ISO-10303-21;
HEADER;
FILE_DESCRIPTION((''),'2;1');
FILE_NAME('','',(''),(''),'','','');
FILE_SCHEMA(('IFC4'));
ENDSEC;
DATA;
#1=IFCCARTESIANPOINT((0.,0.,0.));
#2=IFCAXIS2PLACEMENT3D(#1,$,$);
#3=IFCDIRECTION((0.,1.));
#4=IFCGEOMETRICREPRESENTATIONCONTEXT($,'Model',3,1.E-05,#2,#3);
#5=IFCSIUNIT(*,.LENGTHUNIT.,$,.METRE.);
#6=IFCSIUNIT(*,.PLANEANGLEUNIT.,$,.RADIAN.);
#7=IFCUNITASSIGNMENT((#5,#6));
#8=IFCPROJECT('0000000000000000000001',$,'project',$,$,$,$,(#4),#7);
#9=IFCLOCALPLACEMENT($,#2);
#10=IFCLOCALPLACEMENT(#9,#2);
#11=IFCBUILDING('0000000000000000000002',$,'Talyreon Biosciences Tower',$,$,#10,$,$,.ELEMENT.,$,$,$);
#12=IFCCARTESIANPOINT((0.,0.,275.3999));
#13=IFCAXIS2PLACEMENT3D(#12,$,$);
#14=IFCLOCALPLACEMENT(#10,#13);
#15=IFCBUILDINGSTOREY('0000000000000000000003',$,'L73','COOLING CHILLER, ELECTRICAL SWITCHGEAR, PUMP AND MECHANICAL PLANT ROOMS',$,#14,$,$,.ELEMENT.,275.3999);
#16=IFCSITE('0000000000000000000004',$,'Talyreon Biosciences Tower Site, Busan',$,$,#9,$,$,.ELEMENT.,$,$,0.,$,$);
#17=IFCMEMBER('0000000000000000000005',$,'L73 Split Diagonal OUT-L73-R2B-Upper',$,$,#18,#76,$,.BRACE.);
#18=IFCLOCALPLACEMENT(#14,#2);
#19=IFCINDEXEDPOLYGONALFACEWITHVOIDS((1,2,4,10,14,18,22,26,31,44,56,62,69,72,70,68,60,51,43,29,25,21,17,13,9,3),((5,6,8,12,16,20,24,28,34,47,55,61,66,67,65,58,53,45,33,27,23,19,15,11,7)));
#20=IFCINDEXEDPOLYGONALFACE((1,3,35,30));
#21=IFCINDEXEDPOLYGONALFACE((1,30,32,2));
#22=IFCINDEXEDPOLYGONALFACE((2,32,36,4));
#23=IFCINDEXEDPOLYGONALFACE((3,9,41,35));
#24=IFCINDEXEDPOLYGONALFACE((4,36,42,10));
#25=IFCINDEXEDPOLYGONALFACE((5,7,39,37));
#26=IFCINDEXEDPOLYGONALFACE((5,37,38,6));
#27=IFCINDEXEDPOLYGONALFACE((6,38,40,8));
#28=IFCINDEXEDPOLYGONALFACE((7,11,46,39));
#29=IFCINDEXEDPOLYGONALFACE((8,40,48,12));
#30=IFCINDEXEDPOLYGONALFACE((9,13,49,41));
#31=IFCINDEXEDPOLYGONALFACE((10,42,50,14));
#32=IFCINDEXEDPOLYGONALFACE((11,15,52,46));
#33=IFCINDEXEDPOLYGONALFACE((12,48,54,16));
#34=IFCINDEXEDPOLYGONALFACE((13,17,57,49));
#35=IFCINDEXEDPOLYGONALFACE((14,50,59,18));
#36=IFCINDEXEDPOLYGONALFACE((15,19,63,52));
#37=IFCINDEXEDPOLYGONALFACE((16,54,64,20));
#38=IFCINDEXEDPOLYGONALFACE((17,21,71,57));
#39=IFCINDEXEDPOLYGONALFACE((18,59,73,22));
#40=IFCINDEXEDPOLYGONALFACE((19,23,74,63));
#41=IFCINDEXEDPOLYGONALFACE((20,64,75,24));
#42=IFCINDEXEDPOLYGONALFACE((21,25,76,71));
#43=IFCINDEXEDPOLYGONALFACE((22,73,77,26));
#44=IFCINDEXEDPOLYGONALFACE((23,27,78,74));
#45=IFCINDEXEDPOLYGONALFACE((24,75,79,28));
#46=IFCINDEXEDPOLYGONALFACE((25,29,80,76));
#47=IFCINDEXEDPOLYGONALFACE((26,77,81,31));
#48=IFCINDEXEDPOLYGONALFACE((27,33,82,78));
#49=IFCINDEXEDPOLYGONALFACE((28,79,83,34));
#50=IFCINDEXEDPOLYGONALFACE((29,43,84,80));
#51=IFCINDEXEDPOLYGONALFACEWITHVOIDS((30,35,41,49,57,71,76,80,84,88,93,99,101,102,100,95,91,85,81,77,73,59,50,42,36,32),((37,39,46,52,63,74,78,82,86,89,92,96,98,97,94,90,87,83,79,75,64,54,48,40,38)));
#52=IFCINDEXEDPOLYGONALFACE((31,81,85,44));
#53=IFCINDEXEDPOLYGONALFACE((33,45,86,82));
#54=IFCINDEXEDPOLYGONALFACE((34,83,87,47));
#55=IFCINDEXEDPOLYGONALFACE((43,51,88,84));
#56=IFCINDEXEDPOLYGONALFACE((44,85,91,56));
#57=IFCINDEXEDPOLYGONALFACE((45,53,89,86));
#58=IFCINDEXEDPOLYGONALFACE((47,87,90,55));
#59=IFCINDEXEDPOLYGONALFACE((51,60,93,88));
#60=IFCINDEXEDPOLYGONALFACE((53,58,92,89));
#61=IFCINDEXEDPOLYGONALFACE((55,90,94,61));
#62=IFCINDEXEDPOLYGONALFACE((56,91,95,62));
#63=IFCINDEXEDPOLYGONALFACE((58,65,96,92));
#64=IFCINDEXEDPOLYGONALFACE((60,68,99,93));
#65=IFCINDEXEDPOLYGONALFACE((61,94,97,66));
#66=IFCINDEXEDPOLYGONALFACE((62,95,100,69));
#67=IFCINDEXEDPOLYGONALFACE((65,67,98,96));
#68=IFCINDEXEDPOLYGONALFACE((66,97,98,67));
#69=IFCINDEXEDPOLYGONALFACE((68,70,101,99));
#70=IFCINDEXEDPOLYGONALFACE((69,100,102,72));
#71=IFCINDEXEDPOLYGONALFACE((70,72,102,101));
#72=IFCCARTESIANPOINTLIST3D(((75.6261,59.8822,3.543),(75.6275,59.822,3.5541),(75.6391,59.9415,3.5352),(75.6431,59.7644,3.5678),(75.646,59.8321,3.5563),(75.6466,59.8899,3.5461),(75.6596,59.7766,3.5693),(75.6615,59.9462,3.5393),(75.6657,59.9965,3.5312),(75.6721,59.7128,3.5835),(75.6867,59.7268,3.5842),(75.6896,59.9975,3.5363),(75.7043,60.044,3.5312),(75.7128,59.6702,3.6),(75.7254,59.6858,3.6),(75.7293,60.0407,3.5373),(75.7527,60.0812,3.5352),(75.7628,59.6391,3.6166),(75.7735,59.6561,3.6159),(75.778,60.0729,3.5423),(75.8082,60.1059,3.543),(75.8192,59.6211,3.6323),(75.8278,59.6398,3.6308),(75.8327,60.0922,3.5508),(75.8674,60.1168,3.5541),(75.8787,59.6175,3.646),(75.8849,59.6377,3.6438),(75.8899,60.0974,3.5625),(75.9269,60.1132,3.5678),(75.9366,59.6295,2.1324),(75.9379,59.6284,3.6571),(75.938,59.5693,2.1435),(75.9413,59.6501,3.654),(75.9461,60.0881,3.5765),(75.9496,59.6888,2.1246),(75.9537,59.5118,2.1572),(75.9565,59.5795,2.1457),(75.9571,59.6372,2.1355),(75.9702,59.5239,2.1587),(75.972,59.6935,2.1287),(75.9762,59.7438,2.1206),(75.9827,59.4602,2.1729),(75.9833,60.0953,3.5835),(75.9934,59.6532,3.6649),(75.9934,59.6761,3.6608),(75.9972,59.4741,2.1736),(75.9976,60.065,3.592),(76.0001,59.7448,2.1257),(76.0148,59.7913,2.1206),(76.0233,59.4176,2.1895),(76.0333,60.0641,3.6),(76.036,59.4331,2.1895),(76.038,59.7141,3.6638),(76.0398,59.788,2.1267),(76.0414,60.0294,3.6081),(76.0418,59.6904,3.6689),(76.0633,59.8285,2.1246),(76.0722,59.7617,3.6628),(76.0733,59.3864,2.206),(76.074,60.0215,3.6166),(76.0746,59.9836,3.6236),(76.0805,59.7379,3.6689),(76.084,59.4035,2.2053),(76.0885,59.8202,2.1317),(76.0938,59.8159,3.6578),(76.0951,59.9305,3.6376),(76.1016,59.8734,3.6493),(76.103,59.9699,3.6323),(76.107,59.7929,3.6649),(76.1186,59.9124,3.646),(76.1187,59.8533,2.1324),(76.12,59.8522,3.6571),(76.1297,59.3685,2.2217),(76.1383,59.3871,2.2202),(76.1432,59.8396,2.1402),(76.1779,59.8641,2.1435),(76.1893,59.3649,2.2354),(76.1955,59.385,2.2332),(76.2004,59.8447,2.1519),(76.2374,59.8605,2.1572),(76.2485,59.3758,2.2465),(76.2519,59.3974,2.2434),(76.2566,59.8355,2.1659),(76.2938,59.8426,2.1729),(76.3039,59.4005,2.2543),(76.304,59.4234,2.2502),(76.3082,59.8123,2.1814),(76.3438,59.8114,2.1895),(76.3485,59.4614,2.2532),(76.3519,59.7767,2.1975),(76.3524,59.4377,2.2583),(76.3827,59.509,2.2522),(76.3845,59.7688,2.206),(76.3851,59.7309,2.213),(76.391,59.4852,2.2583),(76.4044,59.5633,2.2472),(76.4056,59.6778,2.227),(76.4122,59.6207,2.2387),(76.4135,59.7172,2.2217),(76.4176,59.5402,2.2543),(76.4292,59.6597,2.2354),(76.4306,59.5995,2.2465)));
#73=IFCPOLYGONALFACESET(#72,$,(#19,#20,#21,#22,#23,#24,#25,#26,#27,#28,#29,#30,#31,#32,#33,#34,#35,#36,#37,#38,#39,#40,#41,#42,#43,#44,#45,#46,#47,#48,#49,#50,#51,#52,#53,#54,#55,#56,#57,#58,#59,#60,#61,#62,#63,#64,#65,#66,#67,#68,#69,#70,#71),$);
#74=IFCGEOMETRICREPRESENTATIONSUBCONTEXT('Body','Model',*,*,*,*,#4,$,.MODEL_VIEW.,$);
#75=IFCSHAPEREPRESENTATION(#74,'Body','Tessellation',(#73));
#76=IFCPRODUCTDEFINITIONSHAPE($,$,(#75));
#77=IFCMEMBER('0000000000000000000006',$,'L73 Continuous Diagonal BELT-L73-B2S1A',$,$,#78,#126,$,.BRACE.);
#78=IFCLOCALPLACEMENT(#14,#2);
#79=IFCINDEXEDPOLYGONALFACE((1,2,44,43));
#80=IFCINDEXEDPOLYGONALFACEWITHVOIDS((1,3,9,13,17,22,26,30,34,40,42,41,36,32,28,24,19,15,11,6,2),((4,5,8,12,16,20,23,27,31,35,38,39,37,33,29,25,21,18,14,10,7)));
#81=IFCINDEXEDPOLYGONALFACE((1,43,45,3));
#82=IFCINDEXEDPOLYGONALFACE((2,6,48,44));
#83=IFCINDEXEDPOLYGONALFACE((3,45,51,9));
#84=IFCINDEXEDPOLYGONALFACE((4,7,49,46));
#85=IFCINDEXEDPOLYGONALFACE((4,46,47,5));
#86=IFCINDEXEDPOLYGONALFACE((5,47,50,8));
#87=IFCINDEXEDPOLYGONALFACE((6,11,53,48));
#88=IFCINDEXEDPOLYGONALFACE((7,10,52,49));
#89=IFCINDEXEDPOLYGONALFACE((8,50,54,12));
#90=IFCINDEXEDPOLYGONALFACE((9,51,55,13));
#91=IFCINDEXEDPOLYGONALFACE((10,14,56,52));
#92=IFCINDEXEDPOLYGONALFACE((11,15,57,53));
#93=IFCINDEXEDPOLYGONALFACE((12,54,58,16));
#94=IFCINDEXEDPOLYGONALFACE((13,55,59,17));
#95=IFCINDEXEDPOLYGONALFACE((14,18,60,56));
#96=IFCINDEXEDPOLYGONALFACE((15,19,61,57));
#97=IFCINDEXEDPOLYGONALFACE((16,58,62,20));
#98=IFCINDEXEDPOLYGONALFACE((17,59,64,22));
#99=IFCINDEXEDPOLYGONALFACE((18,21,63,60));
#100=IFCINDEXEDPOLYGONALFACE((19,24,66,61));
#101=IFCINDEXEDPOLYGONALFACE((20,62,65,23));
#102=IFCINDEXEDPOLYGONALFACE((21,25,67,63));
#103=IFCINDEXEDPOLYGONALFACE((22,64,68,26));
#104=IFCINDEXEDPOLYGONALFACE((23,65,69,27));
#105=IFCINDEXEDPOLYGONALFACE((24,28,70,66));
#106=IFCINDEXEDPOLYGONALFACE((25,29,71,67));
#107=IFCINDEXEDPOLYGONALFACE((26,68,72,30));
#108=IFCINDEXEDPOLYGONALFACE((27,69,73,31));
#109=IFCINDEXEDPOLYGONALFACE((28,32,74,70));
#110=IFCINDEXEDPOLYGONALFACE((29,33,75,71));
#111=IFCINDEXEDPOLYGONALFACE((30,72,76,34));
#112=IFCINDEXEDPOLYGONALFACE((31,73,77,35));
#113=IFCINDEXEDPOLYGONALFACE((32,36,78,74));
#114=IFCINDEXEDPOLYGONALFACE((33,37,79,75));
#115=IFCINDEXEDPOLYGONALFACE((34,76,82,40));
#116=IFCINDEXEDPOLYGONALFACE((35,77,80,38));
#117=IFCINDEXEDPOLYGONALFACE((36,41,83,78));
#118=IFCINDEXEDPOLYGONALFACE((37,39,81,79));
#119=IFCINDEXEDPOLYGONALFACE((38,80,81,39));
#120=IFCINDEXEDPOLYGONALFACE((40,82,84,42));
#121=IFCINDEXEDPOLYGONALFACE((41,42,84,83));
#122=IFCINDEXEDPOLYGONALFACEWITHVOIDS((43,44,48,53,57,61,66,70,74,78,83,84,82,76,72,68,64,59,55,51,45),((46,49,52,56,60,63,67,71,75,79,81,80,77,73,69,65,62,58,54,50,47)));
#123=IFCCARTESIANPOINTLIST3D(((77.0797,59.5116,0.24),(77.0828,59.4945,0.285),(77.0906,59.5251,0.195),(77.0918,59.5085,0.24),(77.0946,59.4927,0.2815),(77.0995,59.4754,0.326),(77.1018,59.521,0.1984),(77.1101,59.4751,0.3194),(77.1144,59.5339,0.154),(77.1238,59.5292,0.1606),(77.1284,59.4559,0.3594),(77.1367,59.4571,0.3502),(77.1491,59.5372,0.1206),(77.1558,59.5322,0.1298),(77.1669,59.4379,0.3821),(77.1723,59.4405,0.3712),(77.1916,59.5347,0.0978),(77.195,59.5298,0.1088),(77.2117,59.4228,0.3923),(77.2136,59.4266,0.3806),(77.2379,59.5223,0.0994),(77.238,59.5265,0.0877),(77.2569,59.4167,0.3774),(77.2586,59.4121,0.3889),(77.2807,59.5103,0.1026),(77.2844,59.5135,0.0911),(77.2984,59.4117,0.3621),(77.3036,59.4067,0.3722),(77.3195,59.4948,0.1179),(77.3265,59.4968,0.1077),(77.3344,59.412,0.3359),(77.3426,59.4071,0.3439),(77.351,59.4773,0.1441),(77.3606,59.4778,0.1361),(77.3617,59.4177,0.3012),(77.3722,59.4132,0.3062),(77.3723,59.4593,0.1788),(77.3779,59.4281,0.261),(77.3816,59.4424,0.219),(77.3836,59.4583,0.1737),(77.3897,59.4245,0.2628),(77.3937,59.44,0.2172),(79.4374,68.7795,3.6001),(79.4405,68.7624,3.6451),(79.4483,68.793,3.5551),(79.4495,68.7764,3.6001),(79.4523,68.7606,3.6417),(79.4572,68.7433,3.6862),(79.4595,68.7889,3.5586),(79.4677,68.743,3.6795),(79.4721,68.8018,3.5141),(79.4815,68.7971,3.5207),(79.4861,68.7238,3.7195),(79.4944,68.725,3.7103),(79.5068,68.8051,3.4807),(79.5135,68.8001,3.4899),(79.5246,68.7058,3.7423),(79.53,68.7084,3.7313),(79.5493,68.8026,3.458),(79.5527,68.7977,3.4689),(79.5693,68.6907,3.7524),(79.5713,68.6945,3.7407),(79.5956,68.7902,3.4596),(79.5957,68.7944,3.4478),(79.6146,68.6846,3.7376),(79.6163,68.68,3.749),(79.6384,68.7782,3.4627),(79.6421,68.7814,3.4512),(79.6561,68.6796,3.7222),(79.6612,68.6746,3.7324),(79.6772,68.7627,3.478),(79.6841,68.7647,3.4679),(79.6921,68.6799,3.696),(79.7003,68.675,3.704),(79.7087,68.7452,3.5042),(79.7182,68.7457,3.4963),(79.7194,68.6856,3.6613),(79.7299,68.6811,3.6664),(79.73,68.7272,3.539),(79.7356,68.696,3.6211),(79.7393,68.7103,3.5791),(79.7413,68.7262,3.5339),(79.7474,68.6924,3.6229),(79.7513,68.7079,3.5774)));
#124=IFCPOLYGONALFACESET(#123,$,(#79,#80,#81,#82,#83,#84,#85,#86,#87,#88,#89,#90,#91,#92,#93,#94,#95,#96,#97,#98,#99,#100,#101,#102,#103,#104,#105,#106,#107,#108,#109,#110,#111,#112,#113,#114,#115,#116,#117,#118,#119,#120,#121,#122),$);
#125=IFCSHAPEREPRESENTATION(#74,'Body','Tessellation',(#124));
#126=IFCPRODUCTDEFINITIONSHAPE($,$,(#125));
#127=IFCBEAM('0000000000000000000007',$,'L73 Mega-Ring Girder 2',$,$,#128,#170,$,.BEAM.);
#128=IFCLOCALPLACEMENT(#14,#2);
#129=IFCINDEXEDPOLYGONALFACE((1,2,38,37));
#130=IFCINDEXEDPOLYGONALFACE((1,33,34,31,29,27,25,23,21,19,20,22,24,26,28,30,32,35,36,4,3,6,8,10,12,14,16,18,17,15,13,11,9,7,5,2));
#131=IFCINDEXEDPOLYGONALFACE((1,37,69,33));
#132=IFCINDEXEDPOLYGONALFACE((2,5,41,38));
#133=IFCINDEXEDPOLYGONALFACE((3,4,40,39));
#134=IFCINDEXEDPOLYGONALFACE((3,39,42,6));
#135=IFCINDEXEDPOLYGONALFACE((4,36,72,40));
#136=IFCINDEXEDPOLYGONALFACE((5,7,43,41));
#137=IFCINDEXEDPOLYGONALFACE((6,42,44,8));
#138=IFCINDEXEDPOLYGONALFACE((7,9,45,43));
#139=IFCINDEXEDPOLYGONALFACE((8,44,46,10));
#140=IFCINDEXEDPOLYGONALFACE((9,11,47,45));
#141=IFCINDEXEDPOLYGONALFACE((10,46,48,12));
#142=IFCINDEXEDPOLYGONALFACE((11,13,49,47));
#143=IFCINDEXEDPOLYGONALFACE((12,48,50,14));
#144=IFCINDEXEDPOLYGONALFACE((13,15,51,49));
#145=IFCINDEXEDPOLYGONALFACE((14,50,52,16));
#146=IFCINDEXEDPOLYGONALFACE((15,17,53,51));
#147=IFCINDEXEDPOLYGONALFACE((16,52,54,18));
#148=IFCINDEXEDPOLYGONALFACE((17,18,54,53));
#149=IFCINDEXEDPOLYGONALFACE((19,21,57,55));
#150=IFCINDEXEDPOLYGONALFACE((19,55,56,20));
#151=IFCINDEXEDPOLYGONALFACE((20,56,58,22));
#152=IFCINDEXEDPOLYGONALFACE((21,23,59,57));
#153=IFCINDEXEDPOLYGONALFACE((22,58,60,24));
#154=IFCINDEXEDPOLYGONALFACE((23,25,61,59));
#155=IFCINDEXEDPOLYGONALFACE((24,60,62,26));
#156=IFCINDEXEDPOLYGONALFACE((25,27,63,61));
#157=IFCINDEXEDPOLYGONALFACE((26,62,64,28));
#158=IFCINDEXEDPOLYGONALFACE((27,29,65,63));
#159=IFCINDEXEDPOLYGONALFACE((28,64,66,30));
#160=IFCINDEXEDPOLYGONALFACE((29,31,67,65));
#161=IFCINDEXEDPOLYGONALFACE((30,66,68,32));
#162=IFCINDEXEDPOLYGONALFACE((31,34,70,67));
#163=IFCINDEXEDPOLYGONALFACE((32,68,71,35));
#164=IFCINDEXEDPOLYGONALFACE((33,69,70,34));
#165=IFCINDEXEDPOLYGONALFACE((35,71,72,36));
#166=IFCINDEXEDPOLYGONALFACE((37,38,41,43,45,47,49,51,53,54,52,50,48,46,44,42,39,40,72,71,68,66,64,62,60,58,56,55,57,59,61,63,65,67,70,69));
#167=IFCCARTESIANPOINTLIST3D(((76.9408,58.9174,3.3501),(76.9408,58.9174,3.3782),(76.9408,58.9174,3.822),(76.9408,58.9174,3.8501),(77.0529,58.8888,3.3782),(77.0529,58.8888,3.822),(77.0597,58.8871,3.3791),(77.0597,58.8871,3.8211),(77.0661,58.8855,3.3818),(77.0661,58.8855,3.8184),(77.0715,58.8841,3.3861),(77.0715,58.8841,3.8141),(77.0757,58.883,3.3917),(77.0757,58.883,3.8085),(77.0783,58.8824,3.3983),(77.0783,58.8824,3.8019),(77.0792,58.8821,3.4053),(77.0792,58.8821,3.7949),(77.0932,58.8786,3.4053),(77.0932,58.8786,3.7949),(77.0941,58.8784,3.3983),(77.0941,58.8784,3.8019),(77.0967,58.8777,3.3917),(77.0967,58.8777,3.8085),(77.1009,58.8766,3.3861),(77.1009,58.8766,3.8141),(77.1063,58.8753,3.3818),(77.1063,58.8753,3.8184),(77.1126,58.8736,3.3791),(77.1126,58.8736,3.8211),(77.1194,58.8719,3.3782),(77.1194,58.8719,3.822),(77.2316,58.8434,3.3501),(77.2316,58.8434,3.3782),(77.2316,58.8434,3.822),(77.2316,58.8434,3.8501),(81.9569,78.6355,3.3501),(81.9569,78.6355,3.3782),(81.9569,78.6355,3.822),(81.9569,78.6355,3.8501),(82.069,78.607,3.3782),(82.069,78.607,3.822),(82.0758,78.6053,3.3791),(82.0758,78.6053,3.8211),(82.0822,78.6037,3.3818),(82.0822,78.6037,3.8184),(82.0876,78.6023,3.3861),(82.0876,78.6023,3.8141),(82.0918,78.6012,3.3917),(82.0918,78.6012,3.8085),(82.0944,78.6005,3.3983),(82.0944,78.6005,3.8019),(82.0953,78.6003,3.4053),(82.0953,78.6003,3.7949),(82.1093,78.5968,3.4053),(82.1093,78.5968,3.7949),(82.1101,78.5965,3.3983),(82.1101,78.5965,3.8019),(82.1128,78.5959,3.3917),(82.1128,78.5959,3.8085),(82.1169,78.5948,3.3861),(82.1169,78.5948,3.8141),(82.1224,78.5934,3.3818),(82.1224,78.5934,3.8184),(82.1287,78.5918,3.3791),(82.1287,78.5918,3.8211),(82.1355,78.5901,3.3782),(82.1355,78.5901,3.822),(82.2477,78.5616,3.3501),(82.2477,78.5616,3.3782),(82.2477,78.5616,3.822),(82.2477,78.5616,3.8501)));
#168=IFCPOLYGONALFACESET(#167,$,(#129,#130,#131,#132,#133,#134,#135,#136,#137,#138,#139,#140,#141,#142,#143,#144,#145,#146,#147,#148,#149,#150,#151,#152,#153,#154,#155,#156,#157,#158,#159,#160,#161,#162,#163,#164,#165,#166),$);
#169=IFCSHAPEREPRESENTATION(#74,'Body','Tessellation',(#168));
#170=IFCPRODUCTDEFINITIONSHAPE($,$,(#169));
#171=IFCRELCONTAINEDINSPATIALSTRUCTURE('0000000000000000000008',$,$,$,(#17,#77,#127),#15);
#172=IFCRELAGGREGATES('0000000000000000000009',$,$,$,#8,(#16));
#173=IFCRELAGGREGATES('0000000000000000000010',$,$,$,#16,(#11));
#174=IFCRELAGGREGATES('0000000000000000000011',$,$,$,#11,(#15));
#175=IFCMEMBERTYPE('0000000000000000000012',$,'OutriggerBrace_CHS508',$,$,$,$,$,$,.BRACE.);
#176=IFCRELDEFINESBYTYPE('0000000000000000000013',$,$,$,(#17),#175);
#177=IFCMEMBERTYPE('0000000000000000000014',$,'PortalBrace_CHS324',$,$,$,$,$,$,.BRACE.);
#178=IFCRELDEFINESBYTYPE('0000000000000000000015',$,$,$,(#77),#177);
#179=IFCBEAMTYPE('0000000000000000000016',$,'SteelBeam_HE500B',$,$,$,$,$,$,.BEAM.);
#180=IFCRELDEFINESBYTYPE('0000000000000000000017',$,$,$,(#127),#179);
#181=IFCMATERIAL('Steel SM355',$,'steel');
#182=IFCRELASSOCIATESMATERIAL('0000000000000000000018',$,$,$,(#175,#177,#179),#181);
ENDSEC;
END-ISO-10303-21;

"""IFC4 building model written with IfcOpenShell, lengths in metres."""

from ifc_helpers import new_model, si_unit, direction, frame, origin, origin_2d, place, context, subcontext, project, spatial, hollow_circle, i_section, extrude, material, material_profile, profile_set, type_object, element, save


model = new_model("IFC4")

# Units and contexts
model_context = context("Model", 3, precision=1e-05, world=origin(), true_north=direction((0.0, 1.0)))
body_context = subcontext(model_context, "Body", "Model", "MODEL_VIEW")
ifc_project = project(units=[si_unit("LENGTHUNIT", "METRE"), si_unit("PLANEANGLEUNIT", "RADIAN")], contexts=[model_context])

# Site, building, storey
site_placement = place(None, origin())
site = spatial("IfcSite", under=ifc_project, at=site_placement, Name="Talyreon Biosciences Tower Site, Busan", CompositionType="ELEMENT", RefElevation=0.0)
building_placement = place(site_placement, origin())
building = spatial("IfcBuilding", under=site, at=building_placement, Name="Talyreon Biosciences Tower", CompositionType="ELEMENT")
storey_placement = place(building_placement, frame((0.0, 0.0, 275.3999)))
storey = spatial("IfcBuildingStorey", under=building, at=storey_placement, Name="L73", Description="COOLING CHILLER, ELECTRICAL SWITCHGEAR, PUMP AND MECHANICAL PLANT ROOMS", CompositionType="ELEMENT", Elevation=275.3999)

# Shared definitions
ifc_material_1 = material(Name="Steel SM355", Category="steel")

# Members
ifc_material_profile_1 = material_profile(ifc_material_1, hollow_circle(Radius=0.2539, WallThickness=0.02, at=origin_2d()), Name="CHS 508x20")
ifc_profile_set_1 = profile_set([ifc_material_profile_1], Name="Steel SM355")
member_type_1 = type_object("IfcMemberType", Name="OutriggerBrace_CHS508", PredefinedType="BRACE", material=ifc_profile_set_1)
for number, where, z_axis, x_axis, name in (
    (1, (76.1836, 59.6145, 2.1895), (-0.211781, 0.172322, 0.962005), (-0.631143, -0.775666, 0.0), "L73 Split Diagonal OUT-L73-R2B-Upper"),
):
    element("IfcMember", number, at=place(storey_placement, frame(where, z_axis=z_axis, x_axis=x_axis)), inside=storey, type_object=member_type_1, Name=name, PredefinedType="BRACE", context=body_context, shape_type="SweptSolid", body=[
        extrude(hollow_circle(Radius=0.2539, WallThickness=0.02, at=origin_2d()), origin(), (0.0, 0.0, 1.0), 1.4663),
    ])
ifc_material_profile_2 = material_profile(ifc_material_1, hollow_circle(Radius=0.1619, WallThickness=0.0125, at=origin_2d()), Name="CHS 323.9x12.5")
ifc_profile_set_2 = profile_set([ifc_material_profile_2], Name="Steel SM355")
member_type_2 = type_object("IfcMemberType", Name="PortalBrace_CHS324", PredefinedType="BRACE", material=ifc_profile_set_2)
member_1_placement = place(storey_placement, frame((77.2366, 59.4717, 0.24), z_axis=(0.2326, 0.914334, 0.331498), x_axis=(-0.969133, 0.24654, 0.0)))
element("IfcMember", 2, at=member_1_placement, inside=storey, type_object=member_type_2, Name="L73 Continuous Diagonal BELT-L73-B2S1A", PredefinedType="BRACE", context=body_context, shape_type="SweptSolid", body=[
    extrude(hollow_circle(Radius=0.1619, WallThickness=0.0125, at=origin_2d()), origin(), (0.0, 0.0, 1.0), 10.1362),
])

# Beam
ifc_material_profile_3 = material_profile(ifc_material_1, i_section(OverallWidth=0.3, OverallDepth=0.5, WebThickness=0.0144, FlangeThickness=0.0281, FilletRadius=0.0271, at=origin_2d()), Name="HE500B")
ifc_profile_set_3 = profile_set([ifc_material_profile_3], Name="Steel SM355")
beam_type_1 = type_object("IfcBeamType", Name="SteelBeam_HE500B", PredefinedType="BEAM", material=ifc_profile_set_3)
beam_1_placement = place(storey_placement, frame((77.0862, 58.8804, 3.6001), z_axis=(0.246537, 0.969133, 0.0), x_axis=(-0.969133, 0.246537, 0.0)))
element("IfcBeam", 3, at=beam_1_placement, inside=storey, type_object=beam_type_1, Name="L73 Mega-Ring Girder 2", PredefinedType="BEAM", context=body_context, shape_type="SweptSolid", body=[
    extrude(i_section(OverallWidth=0.3, OverallDepth=0.5, WebThickness=0.0144, FlangeThickness=0.0281, FilletRadius=0.0271, at=origin_2d()), origin(), (0.0, 0.0, 1.0), 20.3462),
])

save(model, "model.ifc")
